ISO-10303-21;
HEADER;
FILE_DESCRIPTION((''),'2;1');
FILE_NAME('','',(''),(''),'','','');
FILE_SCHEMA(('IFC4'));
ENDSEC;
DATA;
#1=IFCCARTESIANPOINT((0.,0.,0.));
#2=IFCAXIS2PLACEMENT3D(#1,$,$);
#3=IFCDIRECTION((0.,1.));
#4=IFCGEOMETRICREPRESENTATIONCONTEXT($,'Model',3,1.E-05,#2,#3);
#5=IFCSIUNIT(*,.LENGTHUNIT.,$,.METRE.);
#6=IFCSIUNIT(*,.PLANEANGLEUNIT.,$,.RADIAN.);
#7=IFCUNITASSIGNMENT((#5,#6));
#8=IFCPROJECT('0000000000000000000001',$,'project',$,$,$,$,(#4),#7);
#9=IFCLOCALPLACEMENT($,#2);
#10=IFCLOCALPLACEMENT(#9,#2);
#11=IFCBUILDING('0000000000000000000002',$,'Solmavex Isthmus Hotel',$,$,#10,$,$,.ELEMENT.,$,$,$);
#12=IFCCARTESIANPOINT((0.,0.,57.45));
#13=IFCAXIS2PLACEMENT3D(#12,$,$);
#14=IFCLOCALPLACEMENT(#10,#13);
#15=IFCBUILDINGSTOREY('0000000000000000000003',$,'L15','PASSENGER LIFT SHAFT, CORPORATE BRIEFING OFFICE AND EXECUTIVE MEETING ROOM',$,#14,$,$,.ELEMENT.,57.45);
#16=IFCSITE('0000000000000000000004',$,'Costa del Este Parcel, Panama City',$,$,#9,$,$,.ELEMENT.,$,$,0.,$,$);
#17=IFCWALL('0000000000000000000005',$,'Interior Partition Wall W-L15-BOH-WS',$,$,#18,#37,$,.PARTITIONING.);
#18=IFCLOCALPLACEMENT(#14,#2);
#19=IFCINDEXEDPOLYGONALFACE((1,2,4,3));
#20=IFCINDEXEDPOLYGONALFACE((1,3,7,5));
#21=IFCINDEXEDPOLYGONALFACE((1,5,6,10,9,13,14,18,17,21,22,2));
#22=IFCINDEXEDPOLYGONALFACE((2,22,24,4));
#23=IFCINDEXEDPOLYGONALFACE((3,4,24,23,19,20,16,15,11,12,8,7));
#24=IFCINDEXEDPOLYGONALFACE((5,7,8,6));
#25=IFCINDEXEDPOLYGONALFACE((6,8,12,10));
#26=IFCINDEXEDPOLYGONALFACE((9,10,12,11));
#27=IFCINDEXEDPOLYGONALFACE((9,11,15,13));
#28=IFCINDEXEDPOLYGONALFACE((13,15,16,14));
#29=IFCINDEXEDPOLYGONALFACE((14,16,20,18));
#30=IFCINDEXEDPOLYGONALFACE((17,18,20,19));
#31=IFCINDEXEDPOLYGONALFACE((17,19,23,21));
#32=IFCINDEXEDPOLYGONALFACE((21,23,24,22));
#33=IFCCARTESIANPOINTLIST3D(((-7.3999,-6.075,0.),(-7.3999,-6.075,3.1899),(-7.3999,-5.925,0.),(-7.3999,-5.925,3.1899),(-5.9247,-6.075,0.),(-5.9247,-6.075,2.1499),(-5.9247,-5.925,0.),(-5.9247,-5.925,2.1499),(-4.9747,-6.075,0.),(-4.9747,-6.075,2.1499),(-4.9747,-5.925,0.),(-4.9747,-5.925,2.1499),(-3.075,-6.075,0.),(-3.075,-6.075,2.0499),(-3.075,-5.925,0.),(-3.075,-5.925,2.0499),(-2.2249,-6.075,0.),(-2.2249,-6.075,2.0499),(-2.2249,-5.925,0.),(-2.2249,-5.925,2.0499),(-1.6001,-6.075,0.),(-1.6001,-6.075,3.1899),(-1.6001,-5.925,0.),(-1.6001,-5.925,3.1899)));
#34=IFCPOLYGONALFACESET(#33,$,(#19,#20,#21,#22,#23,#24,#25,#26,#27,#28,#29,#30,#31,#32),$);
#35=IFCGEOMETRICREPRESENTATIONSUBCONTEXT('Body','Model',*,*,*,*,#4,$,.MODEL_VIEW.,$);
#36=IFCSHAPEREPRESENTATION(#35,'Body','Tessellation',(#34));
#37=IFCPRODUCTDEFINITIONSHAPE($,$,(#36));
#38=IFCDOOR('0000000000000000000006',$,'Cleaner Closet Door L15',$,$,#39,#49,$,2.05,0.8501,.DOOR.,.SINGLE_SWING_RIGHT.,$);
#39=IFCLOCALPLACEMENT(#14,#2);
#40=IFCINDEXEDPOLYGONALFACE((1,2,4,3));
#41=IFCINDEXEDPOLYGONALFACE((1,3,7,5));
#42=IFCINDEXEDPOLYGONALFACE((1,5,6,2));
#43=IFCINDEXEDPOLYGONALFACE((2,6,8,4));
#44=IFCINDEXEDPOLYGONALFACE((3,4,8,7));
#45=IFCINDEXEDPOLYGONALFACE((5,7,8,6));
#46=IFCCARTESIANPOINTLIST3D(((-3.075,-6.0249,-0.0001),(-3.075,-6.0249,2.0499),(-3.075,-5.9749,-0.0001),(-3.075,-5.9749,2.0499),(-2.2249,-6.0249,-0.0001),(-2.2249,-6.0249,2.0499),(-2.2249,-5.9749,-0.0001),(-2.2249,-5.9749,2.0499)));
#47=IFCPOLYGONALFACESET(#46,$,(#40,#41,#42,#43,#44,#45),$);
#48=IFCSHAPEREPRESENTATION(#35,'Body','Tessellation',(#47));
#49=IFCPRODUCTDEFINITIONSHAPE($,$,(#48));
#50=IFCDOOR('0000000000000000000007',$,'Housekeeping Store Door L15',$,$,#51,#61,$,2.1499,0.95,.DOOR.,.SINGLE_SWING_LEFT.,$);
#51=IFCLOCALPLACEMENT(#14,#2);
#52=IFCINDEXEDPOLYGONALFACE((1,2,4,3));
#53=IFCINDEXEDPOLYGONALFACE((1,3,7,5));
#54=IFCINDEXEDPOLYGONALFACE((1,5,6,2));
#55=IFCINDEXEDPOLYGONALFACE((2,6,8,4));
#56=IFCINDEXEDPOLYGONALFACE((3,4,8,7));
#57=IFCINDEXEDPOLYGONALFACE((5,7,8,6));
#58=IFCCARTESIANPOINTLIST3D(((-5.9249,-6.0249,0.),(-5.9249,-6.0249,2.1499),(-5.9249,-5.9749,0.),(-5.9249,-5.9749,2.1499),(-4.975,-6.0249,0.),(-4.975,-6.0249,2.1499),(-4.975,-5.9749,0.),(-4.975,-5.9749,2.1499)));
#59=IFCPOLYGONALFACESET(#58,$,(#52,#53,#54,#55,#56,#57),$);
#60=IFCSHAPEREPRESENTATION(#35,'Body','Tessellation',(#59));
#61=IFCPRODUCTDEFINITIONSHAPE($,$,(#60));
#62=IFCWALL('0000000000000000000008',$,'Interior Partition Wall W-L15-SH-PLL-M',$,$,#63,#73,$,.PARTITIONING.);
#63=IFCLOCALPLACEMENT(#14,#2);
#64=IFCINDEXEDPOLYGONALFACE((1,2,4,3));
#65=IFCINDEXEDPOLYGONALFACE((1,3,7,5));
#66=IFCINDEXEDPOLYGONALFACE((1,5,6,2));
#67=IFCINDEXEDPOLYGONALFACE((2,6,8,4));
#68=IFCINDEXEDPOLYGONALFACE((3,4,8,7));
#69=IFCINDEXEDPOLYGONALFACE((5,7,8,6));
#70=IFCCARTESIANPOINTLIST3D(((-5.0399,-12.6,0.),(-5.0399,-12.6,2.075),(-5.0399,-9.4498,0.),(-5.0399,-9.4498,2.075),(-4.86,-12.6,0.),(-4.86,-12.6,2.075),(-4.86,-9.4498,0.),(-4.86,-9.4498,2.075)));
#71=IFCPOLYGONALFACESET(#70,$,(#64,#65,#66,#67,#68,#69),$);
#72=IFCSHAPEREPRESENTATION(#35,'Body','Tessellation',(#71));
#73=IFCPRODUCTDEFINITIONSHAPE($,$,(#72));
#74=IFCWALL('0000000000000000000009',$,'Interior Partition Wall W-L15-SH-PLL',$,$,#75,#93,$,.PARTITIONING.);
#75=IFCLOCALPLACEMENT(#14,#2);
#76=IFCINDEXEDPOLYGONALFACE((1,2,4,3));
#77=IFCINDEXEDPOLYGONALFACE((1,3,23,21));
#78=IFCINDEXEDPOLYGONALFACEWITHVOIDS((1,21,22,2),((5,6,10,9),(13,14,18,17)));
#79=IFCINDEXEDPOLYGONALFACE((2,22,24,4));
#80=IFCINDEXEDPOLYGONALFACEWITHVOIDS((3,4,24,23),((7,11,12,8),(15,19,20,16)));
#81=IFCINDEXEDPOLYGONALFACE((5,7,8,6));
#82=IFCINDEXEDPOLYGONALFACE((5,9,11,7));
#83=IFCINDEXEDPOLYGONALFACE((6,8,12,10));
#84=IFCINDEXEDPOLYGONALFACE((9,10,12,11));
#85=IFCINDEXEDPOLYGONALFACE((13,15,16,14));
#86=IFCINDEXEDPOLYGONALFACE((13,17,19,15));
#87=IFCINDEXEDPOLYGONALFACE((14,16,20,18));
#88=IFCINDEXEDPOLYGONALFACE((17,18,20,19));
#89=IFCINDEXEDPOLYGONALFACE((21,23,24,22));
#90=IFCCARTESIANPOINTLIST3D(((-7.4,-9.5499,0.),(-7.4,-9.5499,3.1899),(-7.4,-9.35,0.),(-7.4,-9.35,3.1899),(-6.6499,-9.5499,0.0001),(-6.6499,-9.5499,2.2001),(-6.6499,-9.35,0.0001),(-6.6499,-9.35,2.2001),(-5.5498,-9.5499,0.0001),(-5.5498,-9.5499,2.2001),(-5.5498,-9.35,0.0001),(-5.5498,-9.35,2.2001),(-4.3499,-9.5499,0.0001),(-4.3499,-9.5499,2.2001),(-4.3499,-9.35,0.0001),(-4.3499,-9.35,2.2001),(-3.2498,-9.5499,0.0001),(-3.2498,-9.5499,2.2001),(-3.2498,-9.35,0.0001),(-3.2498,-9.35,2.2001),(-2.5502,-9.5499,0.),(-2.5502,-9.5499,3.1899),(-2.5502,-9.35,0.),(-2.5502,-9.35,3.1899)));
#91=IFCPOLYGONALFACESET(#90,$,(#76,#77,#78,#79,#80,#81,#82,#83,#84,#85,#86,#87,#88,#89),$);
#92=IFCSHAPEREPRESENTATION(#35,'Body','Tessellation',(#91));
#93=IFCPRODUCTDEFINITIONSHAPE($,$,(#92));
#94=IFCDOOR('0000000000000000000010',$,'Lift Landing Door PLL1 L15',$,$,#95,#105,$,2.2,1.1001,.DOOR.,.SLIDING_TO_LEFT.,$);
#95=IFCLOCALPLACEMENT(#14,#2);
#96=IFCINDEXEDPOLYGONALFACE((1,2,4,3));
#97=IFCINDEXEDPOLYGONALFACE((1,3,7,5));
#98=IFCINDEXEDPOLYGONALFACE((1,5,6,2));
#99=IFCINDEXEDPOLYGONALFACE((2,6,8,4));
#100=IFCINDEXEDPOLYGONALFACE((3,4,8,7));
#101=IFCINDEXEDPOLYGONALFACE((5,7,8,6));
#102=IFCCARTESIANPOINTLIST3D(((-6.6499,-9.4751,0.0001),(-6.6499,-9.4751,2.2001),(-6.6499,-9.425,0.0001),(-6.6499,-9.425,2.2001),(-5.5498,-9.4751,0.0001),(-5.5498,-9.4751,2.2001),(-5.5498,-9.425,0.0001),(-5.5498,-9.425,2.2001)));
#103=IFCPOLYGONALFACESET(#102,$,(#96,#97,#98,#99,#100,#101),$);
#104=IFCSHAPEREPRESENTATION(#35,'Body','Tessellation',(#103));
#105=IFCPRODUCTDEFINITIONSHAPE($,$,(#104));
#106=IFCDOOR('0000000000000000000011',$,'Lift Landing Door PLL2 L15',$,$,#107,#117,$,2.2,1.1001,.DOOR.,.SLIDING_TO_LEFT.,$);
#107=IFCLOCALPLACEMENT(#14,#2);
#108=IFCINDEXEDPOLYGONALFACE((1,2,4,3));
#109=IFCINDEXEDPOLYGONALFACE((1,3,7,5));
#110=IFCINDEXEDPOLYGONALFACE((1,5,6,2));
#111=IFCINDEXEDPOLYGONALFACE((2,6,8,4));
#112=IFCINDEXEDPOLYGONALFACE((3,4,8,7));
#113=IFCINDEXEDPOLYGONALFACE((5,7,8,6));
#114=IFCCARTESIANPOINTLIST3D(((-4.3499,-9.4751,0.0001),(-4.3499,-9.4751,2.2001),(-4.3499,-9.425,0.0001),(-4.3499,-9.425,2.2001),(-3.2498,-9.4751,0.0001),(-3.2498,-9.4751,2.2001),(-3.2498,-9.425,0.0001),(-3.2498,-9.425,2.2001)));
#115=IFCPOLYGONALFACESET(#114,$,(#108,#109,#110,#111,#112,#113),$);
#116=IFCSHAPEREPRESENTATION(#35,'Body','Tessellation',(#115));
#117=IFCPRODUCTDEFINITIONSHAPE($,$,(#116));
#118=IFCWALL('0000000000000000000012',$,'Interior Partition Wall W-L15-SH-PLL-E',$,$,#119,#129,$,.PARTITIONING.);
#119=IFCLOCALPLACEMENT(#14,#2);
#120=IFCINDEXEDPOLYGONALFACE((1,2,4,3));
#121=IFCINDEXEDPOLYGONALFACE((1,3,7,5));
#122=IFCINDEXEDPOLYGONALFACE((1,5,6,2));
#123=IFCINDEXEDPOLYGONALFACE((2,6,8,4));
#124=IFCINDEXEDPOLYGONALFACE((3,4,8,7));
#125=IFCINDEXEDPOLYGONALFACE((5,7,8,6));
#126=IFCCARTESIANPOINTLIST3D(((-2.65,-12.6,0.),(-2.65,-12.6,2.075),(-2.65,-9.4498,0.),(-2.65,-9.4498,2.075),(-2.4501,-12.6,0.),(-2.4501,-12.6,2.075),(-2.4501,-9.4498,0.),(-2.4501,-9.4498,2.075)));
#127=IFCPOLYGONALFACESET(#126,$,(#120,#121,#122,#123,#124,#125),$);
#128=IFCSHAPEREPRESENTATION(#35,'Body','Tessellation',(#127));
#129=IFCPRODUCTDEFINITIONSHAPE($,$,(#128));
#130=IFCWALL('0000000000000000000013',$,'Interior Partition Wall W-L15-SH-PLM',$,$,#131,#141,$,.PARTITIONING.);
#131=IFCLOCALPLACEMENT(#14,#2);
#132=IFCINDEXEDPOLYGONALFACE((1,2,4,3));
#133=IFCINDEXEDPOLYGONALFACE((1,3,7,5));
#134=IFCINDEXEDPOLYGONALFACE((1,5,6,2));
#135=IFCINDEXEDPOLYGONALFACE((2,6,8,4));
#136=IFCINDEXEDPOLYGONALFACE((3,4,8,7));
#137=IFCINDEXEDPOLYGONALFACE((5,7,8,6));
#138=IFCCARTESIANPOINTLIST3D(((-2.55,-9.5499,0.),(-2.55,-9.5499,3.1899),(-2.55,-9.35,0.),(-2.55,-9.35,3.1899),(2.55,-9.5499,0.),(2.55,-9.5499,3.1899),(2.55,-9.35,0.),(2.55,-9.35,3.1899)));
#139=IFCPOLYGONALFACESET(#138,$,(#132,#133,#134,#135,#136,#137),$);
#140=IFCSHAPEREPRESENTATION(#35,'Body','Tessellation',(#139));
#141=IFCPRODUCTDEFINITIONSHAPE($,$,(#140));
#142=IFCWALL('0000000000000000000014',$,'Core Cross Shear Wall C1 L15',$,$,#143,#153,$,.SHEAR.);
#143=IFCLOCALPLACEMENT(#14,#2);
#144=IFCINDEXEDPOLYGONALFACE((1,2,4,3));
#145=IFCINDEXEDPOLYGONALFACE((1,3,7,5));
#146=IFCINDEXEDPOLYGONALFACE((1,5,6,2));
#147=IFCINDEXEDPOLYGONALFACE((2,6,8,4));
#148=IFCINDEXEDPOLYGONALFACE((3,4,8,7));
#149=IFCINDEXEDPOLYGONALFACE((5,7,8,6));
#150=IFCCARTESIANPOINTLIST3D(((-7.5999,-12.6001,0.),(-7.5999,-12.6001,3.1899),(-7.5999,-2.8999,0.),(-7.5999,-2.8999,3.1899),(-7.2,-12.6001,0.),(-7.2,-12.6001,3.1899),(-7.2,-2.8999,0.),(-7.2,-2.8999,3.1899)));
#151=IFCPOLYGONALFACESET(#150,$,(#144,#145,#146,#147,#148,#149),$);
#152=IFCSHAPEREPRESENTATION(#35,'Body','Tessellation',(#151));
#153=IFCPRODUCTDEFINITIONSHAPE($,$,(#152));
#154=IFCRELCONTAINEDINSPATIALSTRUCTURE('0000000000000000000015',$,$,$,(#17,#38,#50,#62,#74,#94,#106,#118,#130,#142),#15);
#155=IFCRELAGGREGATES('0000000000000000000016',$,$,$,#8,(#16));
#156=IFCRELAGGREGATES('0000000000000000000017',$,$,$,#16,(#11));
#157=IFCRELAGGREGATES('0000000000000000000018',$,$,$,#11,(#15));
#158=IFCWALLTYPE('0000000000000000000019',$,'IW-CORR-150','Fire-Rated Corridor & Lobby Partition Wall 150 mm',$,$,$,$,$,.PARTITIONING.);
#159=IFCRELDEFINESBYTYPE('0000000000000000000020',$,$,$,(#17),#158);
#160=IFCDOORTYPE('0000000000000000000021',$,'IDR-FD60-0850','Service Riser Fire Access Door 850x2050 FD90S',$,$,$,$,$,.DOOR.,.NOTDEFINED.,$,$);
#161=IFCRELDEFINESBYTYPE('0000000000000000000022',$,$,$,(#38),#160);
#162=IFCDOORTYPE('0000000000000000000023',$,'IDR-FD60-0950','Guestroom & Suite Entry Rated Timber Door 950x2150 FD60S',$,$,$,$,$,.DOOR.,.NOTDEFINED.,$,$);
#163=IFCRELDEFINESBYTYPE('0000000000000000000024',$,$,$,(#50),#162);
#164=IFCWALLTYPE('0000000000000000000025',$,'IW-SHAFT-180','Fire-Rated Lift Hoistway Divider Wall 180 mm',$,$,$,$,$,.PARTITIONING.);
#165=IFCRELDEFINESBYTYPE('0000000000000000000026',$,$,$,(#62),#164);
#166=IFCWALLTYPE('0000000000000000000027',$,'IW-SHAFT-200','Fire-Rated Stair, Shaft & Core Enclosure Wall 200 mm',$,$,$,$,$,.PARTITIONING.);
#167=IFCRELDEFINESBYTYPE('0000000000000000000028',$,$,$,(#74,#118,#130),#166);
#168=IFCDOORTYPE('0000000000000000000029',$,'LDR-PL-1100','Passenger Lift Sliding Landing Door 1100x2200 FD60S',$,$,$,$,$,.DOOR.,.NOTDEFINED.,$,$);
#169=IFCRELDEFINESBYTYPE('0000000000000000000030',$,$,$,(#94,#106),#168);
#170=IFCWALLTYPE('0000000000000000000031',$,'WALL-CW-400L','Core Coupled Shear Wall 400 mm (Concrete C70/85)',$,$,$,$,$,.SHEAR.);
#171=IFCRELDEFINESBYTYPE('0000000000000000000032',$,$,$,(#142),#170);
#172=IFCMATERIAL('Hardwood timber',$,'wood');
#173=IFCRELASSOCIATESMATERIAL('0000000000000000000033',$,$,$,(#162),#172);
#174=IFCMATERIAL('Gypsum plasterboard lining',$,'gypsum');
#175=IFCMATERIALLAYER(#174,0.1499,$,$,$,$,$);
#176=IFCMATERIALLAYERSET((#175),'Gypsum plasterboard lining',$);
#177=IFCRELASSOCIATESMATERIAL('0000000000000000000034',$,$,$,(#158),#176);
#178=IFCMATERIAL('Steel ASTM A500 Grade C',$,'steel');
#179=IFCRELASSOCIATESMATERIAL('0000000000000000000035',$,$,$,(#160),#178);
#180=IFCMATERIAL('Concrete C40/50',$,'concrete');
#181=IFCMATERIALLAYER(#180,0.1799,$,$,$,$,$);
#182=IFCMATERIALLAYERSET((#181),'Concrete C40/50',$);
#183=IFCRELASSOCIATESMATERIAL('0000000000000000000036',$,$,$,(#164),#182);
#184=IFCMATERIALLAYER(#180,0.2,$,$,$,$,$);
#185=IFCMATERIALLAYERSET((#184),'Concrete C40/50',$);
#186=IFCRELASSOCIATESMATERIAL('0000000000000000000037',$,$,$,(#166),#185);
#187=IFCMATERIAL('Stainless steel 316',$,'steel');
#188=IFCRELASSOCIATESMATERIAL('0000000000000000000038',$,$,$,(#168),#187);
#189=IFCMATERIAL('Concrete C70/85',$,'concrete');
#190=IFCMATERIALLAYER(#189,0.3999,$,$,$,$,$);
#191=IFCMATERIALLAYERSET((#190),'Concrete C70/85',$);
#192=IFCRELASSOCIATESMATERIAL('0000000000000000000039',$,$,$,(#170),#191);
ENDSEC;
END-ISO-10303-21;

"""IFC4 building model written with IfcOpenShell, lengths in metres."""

from ifc_helpers import new_model, si_unit, direction, frame, frame_2d, origin, place, context, subcontext, project, spatial, rectangle, extrude, material, layer, layer_set, type_object, element, fill, save


model = new_model("IFC4")

# Units and contexts
model_context = context("Model", 3, precision=1e-05, world=origin(), true_north=direction((0.0, 1.0)))
body_context = subcontext(model_context, "Body", "Model", "MODEL_VIEW")
ifc_project = project(units=[si_unit("LENGTHUNIT", "METRE"), si_unit("PLANEANGLEUNIT", "RADIAN")], contexts=[model_context])

# Site, building, storey
site_placement = place(None, origin())
site = spatial("IfcSite", under=ifc_project, at=site_placement, Name="Costa del Este Parcel, Panama City", CompositionType="ELEMENT", RefElevation=0.0)
building_placement = place(site_placement, origin())
building = spatial("IfcBuilding", under=site, at=building_placement, Name="Solmavex Isthmus Hotel", CompositionType="ELEMENT")
storey_placement = place(building_placement, frame((0.0, 0.0, 57.45)))
storey = spatial("IfcBuildingStorey", under=building, at=storey_placement, Name="L15", Description="PASSENGER LIFT SHAFT, CORPORATE BRIEFING OFFICE AND EXECUTIVE MEETING ROOM", CompositionType="ELEMENT", Elevation=57.45)

# Shared definitions
ifc_material_1 = material(Name="Concrete C70/85", Category="concrete")

# Shared definitions
ifc_material_2 = material(Name="Gypsum plasterboard lining", Category="gypsum")
ifc_material_3 = material(Name="Hardwood timber", Category="wood")
door_type_1 = type_object("IfcDoorType", Name="IDR-FD60-0950", Description="Guestroom & Suite Entry Rated Timber Door 950x2150 FD60S", OperationType="NOTDEFINED", PredefinedType="DOOR", material=ifc_material_3)

# Wall, openings, doors
ifc_layer_1 = layer(ifc_material_2, 0.1499)
ifc_layer_set_1 = layer_set([ifc_layer_1], Name="Gypsum plasterboard lining")
wall_type_1 = type_object("IfcWallType", Name="IW-CORR-150", Description="Fire-Rated Corridor & Lobby Partition Wall 150 mm", PredefinedType="PARTITIONING", material=ifc_layer_set_1)
wall_1_placement = place(storey_placement, frame((-7.3999, -6.0, 0.0), z_axis=(0.0, 0.0, 1.0), x_axis=(1.0, 0.0, 0.0)))
wall_1 = element("IfcWall", 1, at=wall_1_placement, inside=storey, type_object=wall_type_1, Name="Interior Partition Wall W-L15-BOH-WS", PredefinedType="PARTITIONING", context=body_context, shape_type="SweptSolid", body=[
    extrude(rectangle(XDim=5.7998, YDim=0.1499, at=frame_2d((2.8999, 0.0))), origin(), (0.0, 0.0, 1.0), 3.1899),
])
opening_1_placement = place(wall_1_placement, frame((1.4751, 0.0, 0.0)))
opening_1 = element("IfcOpeningElement", 2, at=opening_1_placement, cuts=wall_1, PredefinedType="OPENING", context=body_context, shape_type="SweptSolid", body=[
    extrude(rectangle(XDim=0.95, YDim=2.1499, at=frame_2d((0.4751, 1.075))), frame((0.0, 0.085, 0.0), z_axis=(0.0, -1.0, 0.0), x_axis=(1.0, 0.0, 0.0)), (0.0, 0.0, 1.0), 0.1699),
])
opening_2_placement = place(wall_1_placement, frame((4.325, 0.0, 0.0)))
opening_2 = element("IfcOpeningElement", 3, at=opening_2_placement, cuts=wall_1, PredefinedType="OPENING", context=body_context, shape_type="SweptSolid", body=[
    extrude(rectangle(XDim=0.8501, YDim=2.05, at=frame_2d((0.425, 1.0249))), frame((0.0, 0.085, 0.0), z_axis=(0.0, -1.0, 0.0), x_axis=(1.0, 0.0, 0.0)), (0.0, 0.0, 1.0), 0.1699),
])
ifc_material_4 = material(Name="Steel ASTM A500 Grade C", Category="steel")
door_type_2 = type_object("IfcDoorType", Name="IDR-FD60-0850", Description="Service Riser Fire Access Door 850x2050 FD90S", OperationType="NOTDEFINED", PredefinedType="DOOR", material=ifc_material_4)
door_1_placement = place(opening_2_placement, frame((0.8501, 0.0, 0.0), z_axis=(0.0, 0.0, 1.0), x_axis=(-1.0, 0.0, 0.0)))
door_1 = element("IfcDoor", 4, at=door_1_placement, inside=storey, type_object=door_type_2, Name="Cleaner Closet Door L15", OperationType="SINGLE_SWING_RIGHT", OverallHeight=2.05, OverallWidth=0.8501, PredefinedType="DOOR", context=body_context, shape_type="SweptSolid", body=[
    extrude(rectangle(XDim=0.8501, YDim=2.05, at=frame_2d((0.425, 1.0249))), frame((0.0, 0.0249, 0.0), z_axis=(0.0, -1.0, 0.0), x_axis=(1.0, 0.0, 0.0)), (0.0, 0.0, 1.0), 0.05),
])
fill(opening_2, door_1)
door_2_placement = place(opening_1_placement, frame((0.95, 0.0, 0.0), z_axis=(0.0, 0.0, 1.0), x_axis=(-1.0, 0.0, 0.0)))
door_2 = element("IfcDoor", 5, at=door_2_placement, inside=storey, type_object=door_type_1, Name="Housekeeping Store Door L15", OperationType="SINGLE_SWING_LEFT", OverallHeight=2.1499, OverallWidth=0.95, PredefinedType="DOOR", context=body_context, shape_type="SweptSolid", body=[
    extrude(rectangle(XDim=0.95, YDim=2.1499, at=frame_2d((0.4751, 1.075))), frame((0.0, 0.0249, 0.0), z_axis=(0.0, -1.0, 0.0), x_axis=(1.0, 0.0, 0.0)), (0.0, 0.0, 1.0), 0.05),
])
fill(opening_1, door_2)

# Wall
ifc_material_5 = material(Name="Concrete C40/50", Category="concrete")
ifc_layer_2 = layer(ifc_material_5, 0.1799)
ifc_layer_set_2 = layer_set([ifc_layer_2], Name="Concrete C40/50")
wall_type_2 = type_object("IfcWallType", Name="IW-SHAFT-180", Description="Fire-Rated Lift Hoistway Divider Wall 180 mm", PredefinedType="PARTITIONING", material=ifc_layer_set_2)
wall_2_placement = place(storey_placement, frame((-4.95, -12.6001, 0.0), z_axis=(0.0, 0.0, 1.0), x_axis=(0.0, 1.0, 0.0)))
element("IfcWall", 6, at=wall_2_placement, inside=storey, type_object=wall_type_2, Name="Interior Partition Wall W-L15-SH-PLL-M", PredefinedType="PARTITIONING", context=body_context, shape_type="SweptSolid", body=[
    extrude(rectangle(XDim=3.1501, YDim=0.1799, at=frame_2d((1.5752, 0.0))), origin(), (0.0, 0.0, 1.0), 2.075),
])

# Wall, openings, doors
ifc_layer_3 = layer(ifc_material_5, 0.2)
ifc_layer_set_3 = layer_set([ifc_layer_3], Name="Concrete C40/50")
wall_type_3 = type_object("IfcWallType", Name="IW-SHAFT-200", Description="Fire-Rated Stair, Shaft & Core Enclosure Wall 200 mm", PredefinedType="PARTITIONING", material=ifc_layer_set_3)
wall_3_placement = place(storey_placement, frame((-7.3999, -9.45, 0.0), z_axis=(0.0, 0.0, 1.0), x_axis=(1.0, 0.0, 0.0)))
wall_3 = element("IfcWall", 7, at=wall_3_placement, inside=storey, type_object=wall_type_3, Name="Interior Partition Wall W-L15-SH-PLL", PredefinedType="PARTITIONING", context=body_context, shape_type="SweptSolid", body=[
    extrude(rectangle(XDim=4.8499, YDim=0.2, at=frame_2d((2.4248, 0.0))), origin(), (0.0, 0.0, 1.0), 3.1899),
])
opening_3_placement = place(wall_3_placement, frame((0.75, 0.0, 0.0)))
opening_3 = element("IfcOpeningElement", 8, at=opening_3_placement, cuts=wall_3, PredefinedType="OPENING", context=body_context, shape_type="SweptSolid", body=[
    extrude(rectangle(XDim=1.1001, YDim=2.2, at=frame_2d((0.55, 1.1001))), frame((0.0, 0.1099, 0.0), z_axis=(0.0, -1.0, 0.0), x_axis=(1.0, 0.0, 0.0)), (0.0, 0.0, 1.0), 0.22),
])
opening_4_placement = place(wall_3_placement, frame((3.05, 0.0, 0.0)))
opening_4 = element("IfcOpeningElement", 9, at=opening_4_placement, cuts=wall_3, PredefinedType="OPENING", context=body_context, shape_type="SweptSolid", body=[
    extrude(rectangle(XDim=1.1001, YDim=2.2, at=frame_2d((0.55, 1.1001))), frame((0.0, 0.1099, 0.0), z_axis=(0.0, -1.0, 0.0), x_axis=(1.0, 0.0, 0.0)), (0.0, 0.0, 1.0), 0.22),
])
ifc_material_6 = material(Name="Stainless steel 316", Category="steel")
door_type_3 = type_object("IfcDoorType", Name="LDR-PL-1100", Description="Passenger Lift Sliding Landing Door 1100x2200 FD60S", OperationType="NOTDEFINED", PredefinedType="DOOR", material=ifc_material_6)
door_3_placement = place(opening_3_placement, origin())
door_3 = element("IfcDoor", 10, at=door_3_placement, inside=storey, type_object=door_type_3, Name="Lift Landing Door PLL1 L15", OperationType="SLIDING_TO_LEFT", OverallHeight=2.2, OverallWidth=1.1001, PredefinedType="DOOR", context=body_context, shape_type="SweptSolid", body=[
    extrude(rectangle(XDim=1.1001, YDim=2.2, at=frame_2d((0.55, 1.1001))), frame((0.0, 0.0249, 0.0), z_axis=(0.0, -1.0, 0.0), x_axis=(1.0, 0.0, 0.0)), (0.0, 0.0, 1.0), 0.05),
])
fill(opening_3, door_3)
door_4_placement = place(opening_4_placement, origin())
door_4 = element("IfcDoor", 11, at=door_4_placement, inside=storey, type_object=door_type_3, Name="Lift Landing Door PLL2 L15", OperationType="SLIDING_TO_LEFT", OverallHeight=2.2, OverallWidth=1.1001, PredefinedType="DOOR", context=body_context, shape_type="SweptSolid", body=[
    extrude(rectangle(XDim=1.1001, YDim=2.2, at=frame_2d((0.55, 1.1001))), frame((0.0, 0.0249, 0.0), z_axis=(0.0, -1.0, 0.0), x_axis=(1.0, 0.0, 0.0)), (0.0, 0.0, 1.0), 0.05),
])
fill(opening_4, door_4)

# Walls
wall_4_placement = place(storey_placement, frame((-2.55, -12.6001, 0.0), z_axis=(0.0, 0.0, 1.0), x_axis=(0.0, 1.0, 0.0)))
element("IfcWall", 12, at=wall_4_placement, inside=storey, type_object=wall_type_3, Name="Interior Partition Wall W-L15-SH-PLL-E", PredefinedType="PARTITIONING", context=body_context, shape_type="SweptSolid", body=[
    extrude(rectangle(XDim=3.1501, YDim=0.2, at=frame_2d((1.5752, 0.0))), origin(), (0.0, 0.0, 1.0), 2.075),
])
wall_5_placement = place(storey_placement, frame((-2.55, -9.45, 0.0), z_axis=(0.0, 0.0, 1.0), x_axis=(1.0, 0.0, 0.0)))
element("IfcWall", 13, at=wall_5_placement, inside=storey, type_object=wall_type_3, Name="Interior Partition Wall W-L15-SH-PLM", PredefinedType="PARTITIONING", context=body_context, shape_type="SweptSolid", body=[
    extrude(rectangle(XDim=5.1001, YDim=0.2, at=frame_2d((2.55, 0.0))), origin(), (0.0, 0.0, 1.0), 3.1899),
])
ifc_layer_4 = layer(ifc_material_1, 0.3999)
ifc_layer_set_4 = layer_set([ifc_layer_4], Name="Concrete C70/85")
wall_type_4 = type_object("IfcWallType", Name="WALL-CW-400L", Description="Core Coupled Shear Wall 400 mm (Concrete C70/85)", PredefinedType="SHEAR", material=ifc_layer_set_4)
wall_6_placement = place(storey_placement, frame((-7.3999, -12.6001, 0.0), z_axis=(0.0, 0.0, 1.0), x_axis=(0.0, 1.0, 0.0)))
element("IfcWall", 14, at=wall_6_placement, inside=storey, type_object=wall_type_4, Name="Core Cross Shear Wall C1 L15", PredefinedType="SHEAR", context=body_context, shape_type="SweptSolid", body=[
    extrude(rectangle(XDim=9.7002, YDim=0.3999, at=frame_2d((4.8501, 0.0))), origin(), (0.0, 0.0, 1.0), 3.1899),
])

save(model, "model.ifc")
